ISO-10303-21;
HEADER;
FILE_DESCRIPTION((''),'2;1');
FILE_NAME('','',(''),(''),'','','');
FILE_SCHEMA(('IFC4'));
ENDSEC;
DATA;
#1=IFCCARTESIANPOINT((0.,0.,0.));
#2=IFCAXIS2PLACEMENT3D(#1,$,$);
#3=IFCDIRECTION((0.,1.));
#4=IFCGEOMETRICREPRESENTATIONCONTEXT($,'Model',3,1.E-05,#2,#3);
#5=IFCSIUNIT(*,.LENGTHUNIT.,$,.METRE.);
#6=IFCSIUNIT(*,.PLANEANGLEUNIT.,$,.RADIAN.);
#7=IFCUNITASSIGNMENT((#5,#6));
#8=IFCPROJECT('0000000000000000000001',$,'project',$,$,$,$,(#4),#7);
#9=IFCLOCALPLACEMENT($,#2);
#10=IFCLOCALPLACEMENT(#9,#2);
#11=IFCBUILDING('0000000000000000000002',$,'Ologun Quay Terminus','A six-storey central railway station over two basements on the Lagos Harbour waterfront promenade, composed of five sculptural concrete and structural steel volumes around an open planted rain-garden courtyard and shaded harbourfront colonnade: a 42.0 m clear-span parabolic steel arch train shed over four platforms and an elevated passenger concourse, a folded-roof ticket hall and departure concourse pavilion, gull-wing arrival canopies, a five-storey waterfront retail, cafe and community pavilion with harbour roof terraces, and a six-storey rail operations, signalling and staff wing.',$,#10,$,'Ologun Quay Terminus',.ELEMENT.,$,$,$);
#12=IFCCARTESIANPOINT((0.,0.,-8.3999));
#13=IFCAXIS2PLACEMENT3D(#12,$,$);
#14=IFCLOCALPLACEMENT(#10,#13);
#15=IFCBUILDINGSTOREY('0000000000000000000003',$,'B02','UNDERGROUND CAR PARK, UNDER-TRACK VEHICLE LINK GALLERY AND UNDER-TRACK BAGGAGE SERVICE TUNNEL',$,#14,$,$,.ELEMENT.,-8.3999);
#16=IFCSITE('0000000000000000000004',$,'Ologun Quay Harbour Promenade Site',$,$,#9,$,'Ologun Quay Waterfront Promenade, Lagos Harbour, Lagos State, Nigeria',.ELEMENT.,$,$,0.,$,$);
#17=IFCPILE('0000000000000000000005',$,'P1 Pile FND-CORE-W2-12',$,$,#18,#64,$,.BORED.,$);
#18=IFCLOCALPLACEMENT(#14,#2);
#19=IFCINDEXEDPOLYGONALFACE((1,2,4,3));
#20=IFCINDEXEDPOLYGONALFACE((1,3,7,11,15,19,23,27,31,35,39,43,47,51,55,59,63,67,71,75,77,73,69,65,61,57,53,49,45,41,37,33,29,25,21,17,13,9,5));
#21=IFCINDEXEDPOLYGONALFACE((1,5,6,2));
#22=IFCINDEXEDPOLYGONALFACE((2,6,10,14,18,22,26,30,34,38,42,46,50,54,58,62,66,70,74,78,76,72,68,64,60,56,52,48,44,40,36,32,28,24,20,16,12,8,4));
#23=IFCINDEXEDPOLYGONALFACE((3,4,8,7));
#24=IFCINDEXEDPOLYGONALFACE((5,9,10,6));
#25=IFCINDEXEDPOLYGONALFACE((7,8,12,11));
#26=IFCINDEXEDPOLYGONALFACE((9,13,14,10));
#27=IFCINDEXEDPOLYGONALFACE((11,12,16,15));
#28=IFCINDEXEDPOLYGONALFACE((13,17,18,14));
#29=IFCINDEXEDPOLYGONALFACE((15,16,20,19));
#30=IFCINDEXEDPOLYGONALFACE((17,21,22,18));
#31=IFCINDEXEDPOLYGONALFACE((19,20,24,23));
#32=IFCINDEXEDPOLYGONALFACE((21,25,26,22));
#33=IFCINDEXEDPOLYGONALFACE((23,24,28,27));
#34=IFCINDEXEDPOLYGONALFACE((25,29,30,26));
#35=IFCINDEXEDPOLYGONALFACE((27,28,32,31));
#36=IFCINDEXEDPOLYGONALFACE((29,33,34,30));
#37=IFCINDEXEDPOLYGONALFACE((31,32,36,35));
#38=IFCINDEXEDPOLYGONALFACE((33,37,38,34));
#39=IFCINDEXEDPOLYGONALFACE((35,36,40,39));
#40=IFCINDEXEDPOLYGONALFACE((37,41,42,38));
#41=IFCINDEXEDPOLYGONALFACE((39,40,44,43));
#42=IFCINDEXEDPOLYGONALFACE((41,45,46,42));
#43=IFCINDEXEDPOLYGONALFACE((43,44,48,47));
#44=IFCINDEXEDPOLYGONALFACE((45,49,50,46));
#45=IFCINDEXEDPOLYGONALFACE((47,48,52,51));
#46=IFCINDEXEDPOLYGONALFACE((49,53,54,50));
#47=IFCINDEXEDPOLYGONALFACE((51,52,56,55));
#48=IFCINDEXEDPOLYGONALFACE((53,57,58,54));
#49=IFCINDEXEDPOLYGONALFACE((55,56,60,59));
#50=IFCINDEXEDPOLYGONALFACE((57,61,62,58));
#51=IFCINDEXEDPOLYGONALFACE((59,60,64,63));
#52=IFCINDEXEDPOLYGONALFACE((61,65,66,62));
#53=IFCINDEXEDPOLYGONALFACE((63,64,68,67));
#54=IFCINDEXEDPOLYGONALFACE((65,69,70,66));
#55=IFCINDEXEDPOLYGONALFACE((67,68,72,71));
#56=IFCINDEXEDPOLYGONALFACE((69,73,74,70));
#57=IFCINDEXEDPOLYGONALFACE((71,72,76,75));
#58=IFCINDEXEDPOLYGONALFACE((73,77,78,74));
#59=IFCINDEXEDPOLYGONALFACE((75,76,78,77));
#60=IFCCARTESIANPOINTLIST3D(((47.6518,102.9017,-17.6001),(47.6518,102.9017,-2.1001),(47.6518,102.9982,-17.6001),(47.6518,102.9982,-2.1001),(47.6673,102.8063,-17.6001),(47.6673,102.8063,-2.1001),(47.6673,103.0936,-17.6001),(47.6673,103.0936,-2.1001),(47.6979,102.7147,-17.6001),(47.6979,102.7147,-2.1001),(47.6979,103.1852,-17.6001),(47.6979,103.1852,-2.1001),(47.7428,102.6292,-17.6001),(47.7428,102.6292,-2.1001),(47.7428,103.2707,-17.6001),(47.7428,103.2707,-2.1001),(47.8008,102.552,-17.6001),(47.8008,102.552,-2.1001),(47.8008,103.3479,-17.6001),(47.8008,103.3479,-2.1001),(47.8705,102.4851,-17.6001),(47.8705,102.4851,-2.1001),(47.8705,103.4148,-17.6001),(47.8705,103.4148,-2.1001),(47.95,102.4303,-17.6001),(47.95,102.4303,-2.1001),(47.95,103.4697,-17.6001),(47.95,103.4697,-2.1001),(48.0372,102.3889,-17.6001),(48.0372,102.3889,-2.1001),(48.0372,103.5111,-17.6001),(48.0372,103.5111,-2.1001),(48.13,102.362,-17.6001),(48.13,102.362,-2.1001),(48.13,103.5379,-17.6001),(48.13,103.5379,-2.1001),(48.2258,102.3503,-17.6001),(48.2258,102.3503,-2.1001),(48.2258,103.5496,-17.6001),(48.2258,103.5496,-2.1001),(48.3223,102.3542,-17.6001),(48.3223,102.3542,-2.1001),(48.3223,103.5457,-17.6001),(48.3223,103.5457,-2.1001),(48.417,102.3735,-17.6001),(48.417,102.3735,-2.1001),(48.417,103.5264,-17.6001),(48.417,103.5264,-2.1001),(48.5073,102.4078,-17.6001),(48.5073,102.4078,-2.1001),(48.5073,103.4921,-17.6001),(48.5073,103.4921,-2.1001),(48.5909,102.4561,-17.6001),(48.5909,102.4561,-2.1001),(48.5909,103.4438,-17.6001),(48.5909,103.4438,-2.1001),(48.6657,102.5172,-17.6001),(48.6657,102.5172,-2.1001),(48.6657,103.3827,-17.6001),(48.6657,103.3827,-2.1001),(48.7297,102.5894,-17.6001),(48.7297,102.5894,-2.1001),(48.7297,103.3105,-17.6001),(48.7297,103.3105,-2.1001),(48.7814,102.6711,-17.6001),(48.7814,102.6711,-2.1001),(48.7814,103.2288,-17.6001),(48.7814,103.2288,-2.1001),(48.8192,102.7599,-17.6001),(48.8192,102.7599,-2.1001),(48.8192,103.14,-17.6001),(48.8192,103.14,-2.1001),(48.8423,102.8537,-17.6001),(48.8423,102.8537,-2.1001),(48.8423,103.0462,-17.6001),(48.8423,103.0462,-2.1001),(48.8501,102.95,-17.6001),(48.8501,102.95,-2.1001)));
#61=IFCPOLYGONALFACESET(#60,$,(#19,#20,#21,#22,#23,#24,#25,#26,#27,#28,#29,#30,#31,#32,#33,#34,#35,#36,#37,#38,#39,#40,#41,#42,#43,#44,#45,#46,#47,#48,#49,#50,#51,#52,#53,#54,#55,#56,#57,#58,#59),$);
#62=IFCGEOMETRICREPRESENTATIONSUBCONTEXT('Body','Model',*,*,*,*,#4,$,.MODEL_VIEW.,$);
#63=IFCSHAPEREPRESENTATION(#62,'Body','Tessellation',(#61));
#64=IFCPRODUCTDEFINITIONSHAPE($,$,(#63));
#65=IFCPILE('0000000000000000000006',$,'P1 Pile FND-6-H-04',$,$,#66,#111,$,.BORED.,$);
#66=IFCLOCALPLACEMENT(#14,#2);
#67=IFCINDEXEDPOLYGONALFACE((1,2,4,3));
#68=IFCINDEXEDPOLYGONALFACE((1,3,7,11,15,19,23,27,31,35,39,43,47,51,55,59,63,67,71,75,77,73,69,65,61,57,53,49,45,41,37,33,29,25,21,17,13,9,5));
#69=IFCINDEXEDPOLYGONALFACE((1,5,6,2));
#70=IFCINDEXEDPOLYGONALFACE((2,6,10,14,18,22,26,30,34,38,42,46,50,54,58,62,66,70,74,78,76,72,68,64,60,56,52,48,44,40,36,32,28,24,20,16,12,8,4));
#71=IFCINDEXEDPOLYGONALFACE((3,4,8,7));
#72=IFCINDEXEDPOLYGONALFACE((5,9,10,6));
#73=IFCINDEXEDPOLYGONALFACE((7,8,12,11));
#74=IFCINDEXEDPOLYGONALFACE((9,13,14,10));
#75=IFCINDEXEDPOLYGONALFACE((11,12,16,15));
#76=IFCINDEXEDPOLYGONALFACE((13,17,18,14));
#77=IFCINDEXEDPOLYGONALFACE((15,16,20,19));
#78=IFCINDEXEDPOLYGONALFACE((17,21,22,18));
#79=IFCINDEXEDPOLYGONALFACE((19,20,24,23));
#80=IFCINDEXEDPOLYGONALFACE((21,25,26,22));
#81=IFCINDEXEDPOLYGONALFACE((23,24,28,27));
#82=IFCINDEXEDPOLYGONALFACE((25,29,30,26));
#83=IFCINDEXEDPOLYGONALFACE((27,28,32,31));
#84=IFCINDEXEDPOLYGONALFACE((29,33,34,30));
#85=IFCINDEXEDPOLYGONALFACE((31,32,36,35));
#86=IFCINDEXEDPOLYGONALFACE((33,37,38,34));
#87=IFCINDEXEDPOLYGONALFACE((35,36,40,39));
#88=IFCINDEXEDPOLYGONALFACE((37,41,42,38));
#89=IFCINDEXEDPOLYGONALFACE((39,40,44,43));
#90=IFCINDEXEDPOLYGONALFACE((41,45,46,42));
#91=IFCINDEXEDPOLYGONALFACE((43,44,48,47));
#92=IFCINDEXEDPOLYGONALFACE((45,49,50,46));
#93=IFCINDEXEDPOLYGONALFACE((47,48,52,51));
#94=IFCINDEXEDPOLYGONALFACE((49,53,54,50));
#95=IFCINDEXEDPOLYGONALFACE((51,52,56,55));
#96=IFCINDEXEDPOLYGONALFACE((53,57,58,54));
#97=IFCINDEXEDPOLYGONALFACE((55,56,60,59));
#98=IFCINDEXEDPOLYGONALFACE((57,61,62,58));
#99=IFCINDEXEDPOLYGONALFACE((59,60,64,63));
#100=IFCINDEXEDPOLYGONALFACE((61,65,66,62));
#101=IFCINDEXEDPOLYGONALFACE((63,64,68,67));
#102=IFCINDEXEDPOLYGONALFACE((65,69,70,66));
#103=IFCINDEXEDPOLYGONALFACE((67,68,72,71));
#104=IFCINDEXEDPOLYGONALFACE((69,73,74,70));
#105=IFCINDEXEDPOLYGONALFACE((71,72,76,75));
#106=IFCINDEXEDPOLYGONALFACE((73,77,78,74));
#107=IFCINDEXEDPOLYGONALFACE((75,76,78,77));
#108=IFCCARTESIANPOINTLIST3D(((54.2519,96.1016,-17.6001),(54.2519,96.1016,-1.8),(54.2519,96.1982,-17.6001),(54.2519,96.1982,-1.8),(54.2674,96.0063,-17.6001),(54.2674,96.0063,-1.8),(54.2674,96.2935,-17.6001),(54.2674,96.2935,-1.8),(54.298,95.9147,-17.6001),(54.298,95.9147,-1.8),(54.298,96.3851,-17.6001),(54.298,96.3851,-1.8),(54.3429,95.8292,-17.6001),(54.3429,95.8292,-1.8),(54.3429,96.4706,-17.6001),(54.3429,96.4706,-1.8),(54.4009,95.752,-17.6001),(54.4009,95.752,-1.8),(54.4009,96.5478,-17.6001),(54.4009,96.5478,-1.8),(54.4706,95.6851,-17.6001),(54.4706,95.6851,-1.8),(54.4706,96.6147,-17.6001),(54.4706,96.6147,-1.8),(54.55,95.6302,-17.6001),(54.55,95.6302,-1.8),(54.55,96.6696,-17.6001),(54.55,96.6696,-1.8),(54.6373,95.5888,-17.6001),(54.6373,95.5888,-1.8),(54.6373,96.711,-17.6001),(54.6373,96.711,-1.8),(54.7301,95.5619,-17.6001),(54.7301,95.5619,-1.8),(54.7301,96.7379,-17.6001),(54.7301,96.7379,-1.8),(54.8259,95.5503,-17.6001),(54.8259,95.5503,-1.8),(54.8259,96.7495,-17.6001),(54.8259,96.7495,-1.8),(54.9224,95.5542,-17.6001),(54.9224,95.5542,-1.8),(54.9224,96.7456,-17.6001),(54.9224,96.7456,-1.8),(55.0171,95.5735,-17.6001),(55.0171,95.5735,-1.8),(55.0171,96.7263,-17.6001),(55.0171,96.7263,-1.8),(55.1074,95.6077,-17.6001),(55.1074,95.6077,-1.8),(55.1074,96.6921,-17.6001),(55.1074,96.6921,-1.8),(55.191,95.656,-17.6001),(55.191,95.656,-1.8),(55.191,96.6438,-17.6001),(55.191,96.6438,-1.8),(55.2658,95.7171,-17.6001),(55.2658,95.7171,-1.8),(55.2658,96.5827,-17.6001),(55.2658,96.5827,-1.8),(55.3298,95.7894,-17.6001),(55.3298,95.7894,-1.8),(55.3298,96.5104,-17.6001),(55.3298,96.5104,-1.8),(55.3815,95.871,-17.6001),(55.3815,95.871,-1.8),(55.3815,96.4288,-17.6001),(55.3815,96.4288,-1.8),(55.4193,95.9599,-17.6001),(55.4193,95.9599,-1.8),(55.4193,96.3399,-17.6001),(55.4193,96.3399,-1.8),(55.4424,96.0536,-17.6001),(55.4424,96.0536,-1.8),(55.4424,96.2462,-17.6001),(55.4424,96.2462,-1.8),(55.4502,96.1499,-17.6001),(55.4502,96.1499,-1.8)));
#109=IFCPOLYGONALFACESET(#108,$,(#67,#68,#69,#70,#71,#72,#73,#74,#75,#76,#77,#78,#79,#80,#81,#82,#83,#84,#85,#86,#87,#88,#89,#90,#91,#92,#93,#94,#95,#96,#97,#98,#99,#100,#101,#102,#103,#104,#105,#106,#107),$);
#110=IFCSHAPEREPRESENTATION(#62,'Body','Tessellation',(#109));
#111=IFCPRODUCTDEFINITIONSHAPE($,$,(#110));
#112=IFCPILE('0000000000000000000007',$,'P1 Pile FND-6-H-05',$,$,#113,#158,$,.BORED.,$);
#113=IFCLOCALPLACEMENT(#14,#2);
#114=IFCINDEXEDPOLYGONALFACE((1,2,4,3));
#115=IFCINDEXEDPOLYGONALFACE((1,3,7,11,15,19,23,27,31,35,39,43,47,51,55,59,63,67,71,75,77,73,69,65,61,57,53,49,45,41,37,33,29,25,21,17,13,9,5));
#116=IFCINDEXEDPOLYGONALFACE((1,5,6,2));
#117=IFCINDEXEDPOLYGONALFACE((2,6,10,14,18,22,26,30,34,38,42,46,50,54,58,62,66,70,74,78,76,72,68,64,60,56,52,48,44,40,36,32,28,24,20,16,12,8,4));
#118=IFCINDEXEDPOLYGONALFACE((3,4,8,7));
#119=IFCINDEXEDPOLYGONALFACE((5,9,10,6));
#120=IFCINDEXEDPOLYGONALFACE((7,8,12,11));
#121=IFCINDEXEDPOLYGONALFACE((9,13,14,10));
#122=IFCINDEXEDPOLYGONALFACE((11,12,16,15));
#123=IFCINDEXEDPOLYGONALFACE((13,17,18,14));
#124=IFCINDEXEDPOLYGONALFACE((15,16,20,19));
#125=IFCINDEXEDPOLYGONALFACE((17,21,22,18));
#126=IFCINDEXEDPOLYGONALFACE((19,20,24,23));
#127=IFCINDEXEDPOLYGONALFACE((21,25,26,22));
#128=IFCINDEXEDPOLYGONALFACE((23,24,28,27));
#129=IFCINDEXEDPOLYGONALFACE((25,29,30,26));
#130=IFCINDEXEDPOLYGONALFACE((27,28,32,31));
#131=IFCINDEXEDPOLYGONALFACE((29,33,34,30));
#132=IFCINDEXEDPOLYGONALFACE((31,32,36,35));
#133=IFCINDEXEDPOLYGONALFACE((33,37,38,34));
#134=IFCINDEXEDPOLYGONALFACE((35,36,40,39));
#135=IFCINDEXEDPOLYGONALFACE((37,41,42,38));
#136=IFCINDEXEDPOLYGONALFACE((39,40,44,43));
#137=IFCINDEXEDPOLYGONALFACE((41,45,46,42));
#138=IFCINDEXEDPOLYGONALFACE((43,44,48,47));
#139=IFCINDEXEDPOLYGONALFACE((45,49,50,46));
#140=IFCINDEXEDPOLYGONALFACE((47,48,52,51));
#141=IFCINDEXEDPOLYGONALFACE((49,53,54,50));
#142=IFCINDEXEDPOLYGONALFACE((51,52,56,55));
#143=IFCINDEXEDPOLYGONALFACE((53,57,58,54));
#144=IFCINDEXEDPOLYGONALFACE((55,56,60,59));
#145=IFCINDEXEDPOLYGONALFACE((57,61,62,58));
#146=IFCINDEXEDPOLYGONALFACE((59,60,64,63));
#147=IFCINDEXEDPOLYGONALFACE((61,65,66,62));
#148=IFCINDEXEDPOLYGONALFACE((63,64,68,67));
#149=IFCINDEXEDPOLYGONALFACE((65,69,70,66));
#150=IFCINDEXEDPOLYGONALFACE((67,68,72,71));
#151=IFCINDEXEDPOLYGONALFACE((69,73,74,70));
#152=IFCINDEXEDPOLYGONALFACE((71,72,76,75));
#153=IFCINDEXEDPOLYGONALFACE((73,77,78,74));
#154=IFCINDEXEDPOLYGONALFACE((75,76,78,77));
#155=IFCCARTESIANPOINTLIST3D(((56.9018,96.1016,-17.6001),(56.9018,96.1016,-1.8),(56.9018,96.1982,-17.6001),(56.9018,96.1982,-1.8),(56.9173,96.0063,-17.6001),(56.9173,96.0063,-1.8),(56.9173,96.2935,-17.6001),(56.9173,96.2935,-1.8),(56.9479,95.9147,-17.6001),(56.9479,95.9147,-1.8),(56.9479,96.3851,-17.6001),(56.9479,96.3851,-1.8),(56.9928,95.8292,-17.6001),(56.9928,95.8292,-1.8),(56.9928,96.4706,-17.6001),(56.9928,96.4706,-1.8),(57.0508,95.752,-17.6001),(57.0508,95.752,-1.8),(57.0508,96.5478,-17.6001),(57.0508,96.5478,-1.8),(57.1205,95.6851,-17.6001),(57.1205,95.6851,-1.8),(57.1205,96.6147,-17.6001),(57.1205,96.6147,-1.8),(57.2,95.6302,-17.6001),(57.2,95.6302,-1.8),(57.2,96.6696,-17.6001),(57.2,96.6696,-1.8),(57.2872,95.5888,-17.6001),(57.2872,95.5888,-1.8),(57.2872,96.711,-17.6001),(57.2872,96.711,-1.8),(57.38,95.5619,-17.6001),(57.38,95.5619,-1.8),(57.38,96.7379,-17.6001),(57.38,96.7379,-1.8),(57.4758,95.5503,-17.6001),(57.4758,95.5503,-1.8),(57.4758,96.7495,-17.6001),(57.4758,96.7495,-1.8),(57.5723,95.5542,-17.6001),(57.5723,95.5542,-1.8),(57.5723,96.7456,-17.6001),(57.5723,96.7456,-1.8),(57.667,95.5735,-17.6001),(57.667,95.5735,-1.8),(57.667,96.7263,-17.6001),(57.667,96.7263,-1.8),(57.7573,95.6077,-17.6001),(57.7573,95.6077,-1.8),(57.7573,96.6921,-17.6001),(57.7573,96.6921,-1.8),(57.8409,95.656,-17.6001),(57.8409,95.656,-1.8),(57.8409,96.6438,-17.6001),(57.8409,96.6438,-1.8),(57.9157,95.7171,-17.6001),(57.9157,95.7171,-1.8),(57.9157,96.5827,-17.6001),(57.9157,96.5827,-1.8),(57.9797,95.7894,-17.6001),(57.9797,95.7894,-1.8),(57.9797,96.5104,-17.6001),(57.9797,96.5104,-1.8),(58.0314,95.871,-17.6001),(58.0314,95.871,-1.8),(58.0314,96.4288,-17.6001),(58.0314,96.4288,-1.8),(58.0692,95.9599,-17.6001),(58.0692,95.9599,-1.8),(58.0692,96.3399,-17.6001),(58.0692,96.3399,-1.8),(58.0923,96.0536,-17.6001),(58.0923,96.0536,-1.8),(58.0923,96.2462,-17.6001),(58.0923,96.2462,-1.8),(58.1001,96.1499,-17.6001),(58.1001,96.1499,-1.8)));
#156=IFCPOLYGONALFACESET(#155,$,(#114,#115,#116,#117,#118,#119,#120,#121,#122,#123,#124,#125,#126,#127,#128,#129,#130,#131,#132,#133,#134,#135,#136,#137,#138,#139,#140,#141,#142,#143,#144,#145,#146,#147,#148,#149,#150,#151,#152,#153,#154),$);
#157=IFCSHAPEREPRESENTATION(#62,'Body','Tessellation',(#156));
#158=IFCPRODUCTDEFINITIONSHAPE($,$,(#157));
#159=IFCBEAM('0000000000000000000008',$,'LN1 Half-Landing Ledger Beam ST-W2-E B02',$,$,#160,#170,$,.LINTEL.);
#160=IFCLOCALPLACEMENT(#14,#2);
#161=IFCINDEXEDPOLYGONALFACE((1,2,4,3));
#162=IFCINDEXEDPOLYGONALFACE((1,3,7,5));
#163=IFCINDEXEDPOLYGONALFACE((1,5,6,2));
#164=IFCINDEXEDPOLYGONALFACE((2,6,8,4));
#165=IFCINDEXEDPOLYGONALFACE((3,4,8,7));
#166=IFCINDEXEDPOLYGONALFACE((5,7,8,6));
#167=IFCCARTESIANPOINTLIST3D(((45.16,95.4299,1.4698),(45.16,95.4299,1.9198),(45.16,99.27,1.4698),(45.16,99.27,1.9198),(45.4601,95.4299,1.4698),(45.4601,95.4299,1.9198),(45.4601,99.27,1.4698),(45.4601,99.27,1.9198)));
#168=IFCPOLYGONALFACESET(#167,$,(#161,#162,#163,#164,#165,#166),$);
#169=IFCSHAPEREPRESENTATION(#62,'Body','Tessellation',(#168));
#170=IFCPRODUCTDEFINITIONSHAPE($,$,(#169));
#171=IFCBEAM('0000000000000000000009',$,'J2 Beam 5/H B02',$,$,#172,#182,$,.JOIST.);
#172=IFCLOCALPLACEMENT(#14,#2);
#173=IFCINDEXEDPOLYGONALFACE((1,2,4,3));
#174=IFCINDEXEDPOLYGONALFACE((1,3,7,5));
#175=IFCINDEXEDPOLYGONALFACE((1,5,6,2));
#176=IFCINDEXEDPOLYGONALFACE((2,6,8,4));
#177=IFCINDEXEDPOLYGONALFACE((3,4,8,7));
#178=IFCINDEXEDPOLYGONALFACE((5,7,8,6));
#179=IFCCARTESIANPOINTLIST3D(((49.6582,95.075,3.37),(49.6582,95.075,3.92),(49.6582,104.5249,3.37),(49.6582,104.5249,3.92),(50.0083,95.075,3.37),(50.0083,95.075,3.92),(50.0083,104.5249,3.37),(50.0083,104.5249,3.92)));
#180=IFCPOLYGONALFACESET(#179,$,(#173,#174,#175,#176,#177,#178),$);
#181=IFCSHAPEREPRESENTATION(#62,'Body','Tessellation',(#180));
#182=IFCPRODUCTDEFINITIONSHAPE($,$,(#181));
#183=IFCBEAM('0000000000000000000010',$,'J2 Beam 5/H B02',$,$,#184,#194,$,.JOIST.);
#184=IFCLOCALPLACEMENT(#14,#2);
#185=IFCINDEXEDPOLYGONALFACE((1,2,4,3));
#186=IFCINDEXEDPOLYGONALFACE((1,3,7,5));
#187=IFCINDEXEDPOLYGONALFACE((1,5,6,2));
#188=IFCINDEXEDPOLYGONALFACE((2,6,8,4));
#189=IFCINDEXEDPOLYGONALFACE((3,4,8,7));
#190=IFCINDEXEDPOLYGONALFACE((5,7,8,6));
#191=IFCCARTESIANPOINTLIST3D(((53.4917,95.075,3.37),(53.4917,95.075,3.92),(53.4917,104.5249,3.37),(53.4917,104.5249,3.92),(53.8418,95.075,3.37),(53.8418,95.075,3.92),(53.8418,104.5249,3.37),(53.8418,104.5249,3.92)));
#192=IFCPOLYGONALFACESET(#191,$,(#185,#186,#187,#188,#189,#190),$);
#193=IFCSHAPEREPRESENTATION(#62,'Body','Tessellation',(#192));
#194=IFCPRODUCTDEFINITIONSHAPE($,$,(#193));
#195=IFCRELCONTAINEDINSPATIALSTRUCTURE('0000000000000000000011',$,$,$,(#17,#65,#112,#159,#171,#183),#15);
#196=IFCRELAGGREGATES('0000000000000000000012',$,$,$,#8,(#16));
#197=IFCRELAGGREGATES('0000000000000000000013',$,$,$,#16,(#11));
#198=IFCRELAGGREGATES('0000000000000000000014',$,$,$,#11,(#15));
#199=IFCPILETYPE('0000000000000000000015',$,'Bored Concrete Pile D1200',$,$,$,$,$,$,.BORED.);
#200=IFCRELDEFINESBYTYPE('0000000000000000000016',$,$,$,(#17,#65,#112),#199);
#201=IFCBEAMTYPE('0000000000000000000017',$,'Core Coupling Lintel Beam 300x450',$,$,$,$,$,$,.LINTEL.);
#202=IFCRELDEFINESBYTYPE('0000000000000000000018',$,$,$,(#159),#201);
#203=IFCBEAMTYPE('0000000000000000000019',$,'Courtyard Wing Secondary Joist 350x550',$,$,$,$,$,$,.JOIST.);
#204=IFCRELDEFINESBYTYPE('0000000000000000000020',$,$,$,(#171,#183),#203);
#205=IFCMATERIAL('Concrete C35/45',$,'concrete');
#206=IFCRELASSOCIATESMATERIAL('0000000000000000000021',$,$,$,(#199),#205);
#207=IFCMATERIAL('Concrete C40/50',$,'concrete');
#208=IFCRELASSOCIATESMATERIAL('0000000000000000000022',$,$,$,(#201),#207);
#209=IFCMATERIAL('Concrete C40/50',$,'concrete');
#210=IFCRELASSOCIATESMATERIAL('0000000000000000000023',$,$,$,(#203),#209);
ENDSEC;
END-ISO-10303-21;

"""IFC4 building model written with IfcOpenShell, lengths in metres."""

from ifc_helpers import new_model, si_unit, direction, frame, origin, origin_2d, place, context, subcontext, project, spatial, rectangle, circle, extrude, material, material_profile, profile_set, type_object, element, save


model = new_model("IFC4")

# Units and contexts
model_context = context("Model", 3, precision=1e-05, world=origin(), true_north=direction((0.0, 1.0)))
body_context = subcontext(model_context, "Body", "Model", "MODEL_VIEW")
ifc_project = project(units=[si_unit("LENGTHUNIT", "METRE"), si_unit("PLANEANGLEUNIT", "RADIAN")], contexts=[model_context])

# Site, building, storey
site_placement = place(None, origin())
site = spatial("IfcSite", under=ifc_project, at=site_placement, Name="Ologun Quay Harbour Promenade Site", LongName="Ologun Quay Waterfront Promenade, Lagos Harbour, Lagos State, Nigeria", CompositionType="ELEMENT", RefElevation=0.0)
building_placement = place(site_placement, origin())
building = spatial("IfcBuilding", under=site, at=building_placement, Name="Ologun Quay Terminus", Description="A six-storey central railway station over two basements on the Lagos Harbour waterfront promenade, composed of five sculptural concrete and structural steel volumes around an open planted rain-garden courtyard and shaded harbourfront colonnade: a 42.0 m clear-span parabolic steel arch train shed over four platforms and an elevated passenger concourse, a folded-roof ticket hall and departure concourse pavilion, gull-wing arrival canopies, a five-storey waterfront retail, cafe and community pavilion with harbour roof terraces, and a six-storey rail operations, signalling and staff wing.", LongName="Ologun Quay Terminus", CompositionType="ELEMENT")
storey_placement = place(building_placement, frame((0.0, 0.0, -8.3999)))
storey = spatial("IfcBuildingStorey", under=building, at=storey_placement, Name="B02", Description="UNDERGROUND CAR PARK, UNDER-TRACK VEHICLE LINK GALLERY AND UNDER-TRACK BAGGAGE SERVICE TUNNEL", CompositionType="ELEMENT", Elevation=-8.3999)

# Piles
ifc_material_1 = material(Name="Concrete C35/45", Category="concrete")
ifc_material_profile_1 = material_profile(ifc_material_1, circle(Radius=0.6001, at=origin_2d()), Name="PILE D1200")
ifc_profile_set_1 = profile_set([ifc_material_profile_1], Name="Concrete C35/45")
pile_type = type_object("IfcPileType", Name="Bored Concrete Pile D1200", PredefinedType="BORED", material=ifc_profile_set_1)
for number, where, z_axis, x_axis, name in (
    (1, (48.25, 102.95, -2.1001), (0.0, 0.0, -1.0), (1.0, 0.0, 0.0), "P1 Pile FND-CORE-W2-12"),
):
    element("IfcPile", number, at=place(storey_placement, frame(where, z_axis=z_axis, x_axis=x_axis)), inside=storey, type_object=pile_type, Name=name, PredefinedType="BORED", context=body_context, shape_type="SweptSolid", body=[
        extrude(circle(Radius=0.6001, at=origin_2d()), origin(), (0.0, 0.0, 1.0), 15.5),
    ])
for number, where, z_axis, x_axis, name in (
    (2, (54.8501, 96.1499, -1.8), (0.0, 0.0, -1.0), (1.0, 0.0, 0.0), "P1 Pile FND-6-H-04"),
    (3, (57.5, 96.1499, -1.8), (0.0, 0.0, -1.0), (1.0, 0.0, 0.0), "P1 Pile FND-6-H-05"),
):
    element("IfcPile", number, at=place(storey_placement, frame(where, z_axis=z_axis, x_axis=x_axis)), inside=storey, type_object=pile_type, Name=name, PredefinedType="BORED", context=body_context, shape_type="SweptSolid", body=[
        extrude(circle(Radius=0.6001, at=origin_2d()), origin(), (0.0, 0.0, 1.0), 15.8),
    ])

# Beams
ifc_material_2 = material(Name="Concrete C40/50", Category="concrete")
ifc_material_profile_2 = material_profile(ifc_material_2, rectangle(XDim=0.3, YDim=0.45, at=origin_2d()), Name="RC 300x450")
ifc_profile_set_2 = profile_set([ifc_material_profile_2], Name="Concrete C40/50")
beam_type_1 = type_object("IfcBeamType", Name="Core Coupling Lintel Beam 300x450", PredefinedType="LINTEL", material=ifc_profile_set_2)
beam_placement = place(storey_placement, frame((45.3101, 95.4299, 1.6948), z_axis=(0.0, 1.0, 0.0), x_axis=(-1.0, 0.0, 0.0)))
element("IfcBeam", 4, at=beam_placement, inside=storey, type_object=beam_type_1, Name="LN1 Half-Landing Ledger Beam ST-W2-E B02", PredefinedType="LINTEL", context=body_context, shape_type="SweptSolid", body=[
    extrude(rectangle(XDim=0.3, YDim=0.45, at=origin_2d()), origin(), (0.0, 0.0, 1.0), 3.8401),
])
ifc_material_3 = material(Name="Concrete C40/50", Category="concrete")
ifc_material_profile_3 = material_profile(ifc_material_3, rectangle(XDim=0.3501, YDim=0.55, at=origin_2d()), Name="RC 350x550")
ifc_profile_set_3 = profile_set([ifc_material_profile_3], Name="Concrete C40/50")
beam_type_2 = type_object("IfcBeamType", Name="Courtyard Wing Secondary Joist 350x550", PredefinedType="JOIST", material=ifc_profile_set_3)
for number, where, z_axis, x_axis, name in (
    (5, (49.8333, 95.075, 3.645), (0.0, 1.0, 0.0), (-1.0, 0.0, 0.0), "J2 Beam 5/H B02"),
    (6, (53.6667, 95.075, 3.645), (0.0, 1.0, 0.0), (-1.0, 0.0, 0.0), "J2 Beam 5/H B02"),
):
    element("IfcBeam", number, at=place(storey_placement, frame(where, z_axis=z_axis, x_axis=x_axis)), inside=storey, type_object=beam_type_2, Name=name, PredefinedType="JOIST", context=body_context, shape_type="SweptSolid", body=[
        extrude(rectangle(XDim=0.3501, YDim=0.55, at=origin_2d()), origin(), (0.0, 0.0, 1.0), 9.45),
    ])

save(model, "model.ifc")
